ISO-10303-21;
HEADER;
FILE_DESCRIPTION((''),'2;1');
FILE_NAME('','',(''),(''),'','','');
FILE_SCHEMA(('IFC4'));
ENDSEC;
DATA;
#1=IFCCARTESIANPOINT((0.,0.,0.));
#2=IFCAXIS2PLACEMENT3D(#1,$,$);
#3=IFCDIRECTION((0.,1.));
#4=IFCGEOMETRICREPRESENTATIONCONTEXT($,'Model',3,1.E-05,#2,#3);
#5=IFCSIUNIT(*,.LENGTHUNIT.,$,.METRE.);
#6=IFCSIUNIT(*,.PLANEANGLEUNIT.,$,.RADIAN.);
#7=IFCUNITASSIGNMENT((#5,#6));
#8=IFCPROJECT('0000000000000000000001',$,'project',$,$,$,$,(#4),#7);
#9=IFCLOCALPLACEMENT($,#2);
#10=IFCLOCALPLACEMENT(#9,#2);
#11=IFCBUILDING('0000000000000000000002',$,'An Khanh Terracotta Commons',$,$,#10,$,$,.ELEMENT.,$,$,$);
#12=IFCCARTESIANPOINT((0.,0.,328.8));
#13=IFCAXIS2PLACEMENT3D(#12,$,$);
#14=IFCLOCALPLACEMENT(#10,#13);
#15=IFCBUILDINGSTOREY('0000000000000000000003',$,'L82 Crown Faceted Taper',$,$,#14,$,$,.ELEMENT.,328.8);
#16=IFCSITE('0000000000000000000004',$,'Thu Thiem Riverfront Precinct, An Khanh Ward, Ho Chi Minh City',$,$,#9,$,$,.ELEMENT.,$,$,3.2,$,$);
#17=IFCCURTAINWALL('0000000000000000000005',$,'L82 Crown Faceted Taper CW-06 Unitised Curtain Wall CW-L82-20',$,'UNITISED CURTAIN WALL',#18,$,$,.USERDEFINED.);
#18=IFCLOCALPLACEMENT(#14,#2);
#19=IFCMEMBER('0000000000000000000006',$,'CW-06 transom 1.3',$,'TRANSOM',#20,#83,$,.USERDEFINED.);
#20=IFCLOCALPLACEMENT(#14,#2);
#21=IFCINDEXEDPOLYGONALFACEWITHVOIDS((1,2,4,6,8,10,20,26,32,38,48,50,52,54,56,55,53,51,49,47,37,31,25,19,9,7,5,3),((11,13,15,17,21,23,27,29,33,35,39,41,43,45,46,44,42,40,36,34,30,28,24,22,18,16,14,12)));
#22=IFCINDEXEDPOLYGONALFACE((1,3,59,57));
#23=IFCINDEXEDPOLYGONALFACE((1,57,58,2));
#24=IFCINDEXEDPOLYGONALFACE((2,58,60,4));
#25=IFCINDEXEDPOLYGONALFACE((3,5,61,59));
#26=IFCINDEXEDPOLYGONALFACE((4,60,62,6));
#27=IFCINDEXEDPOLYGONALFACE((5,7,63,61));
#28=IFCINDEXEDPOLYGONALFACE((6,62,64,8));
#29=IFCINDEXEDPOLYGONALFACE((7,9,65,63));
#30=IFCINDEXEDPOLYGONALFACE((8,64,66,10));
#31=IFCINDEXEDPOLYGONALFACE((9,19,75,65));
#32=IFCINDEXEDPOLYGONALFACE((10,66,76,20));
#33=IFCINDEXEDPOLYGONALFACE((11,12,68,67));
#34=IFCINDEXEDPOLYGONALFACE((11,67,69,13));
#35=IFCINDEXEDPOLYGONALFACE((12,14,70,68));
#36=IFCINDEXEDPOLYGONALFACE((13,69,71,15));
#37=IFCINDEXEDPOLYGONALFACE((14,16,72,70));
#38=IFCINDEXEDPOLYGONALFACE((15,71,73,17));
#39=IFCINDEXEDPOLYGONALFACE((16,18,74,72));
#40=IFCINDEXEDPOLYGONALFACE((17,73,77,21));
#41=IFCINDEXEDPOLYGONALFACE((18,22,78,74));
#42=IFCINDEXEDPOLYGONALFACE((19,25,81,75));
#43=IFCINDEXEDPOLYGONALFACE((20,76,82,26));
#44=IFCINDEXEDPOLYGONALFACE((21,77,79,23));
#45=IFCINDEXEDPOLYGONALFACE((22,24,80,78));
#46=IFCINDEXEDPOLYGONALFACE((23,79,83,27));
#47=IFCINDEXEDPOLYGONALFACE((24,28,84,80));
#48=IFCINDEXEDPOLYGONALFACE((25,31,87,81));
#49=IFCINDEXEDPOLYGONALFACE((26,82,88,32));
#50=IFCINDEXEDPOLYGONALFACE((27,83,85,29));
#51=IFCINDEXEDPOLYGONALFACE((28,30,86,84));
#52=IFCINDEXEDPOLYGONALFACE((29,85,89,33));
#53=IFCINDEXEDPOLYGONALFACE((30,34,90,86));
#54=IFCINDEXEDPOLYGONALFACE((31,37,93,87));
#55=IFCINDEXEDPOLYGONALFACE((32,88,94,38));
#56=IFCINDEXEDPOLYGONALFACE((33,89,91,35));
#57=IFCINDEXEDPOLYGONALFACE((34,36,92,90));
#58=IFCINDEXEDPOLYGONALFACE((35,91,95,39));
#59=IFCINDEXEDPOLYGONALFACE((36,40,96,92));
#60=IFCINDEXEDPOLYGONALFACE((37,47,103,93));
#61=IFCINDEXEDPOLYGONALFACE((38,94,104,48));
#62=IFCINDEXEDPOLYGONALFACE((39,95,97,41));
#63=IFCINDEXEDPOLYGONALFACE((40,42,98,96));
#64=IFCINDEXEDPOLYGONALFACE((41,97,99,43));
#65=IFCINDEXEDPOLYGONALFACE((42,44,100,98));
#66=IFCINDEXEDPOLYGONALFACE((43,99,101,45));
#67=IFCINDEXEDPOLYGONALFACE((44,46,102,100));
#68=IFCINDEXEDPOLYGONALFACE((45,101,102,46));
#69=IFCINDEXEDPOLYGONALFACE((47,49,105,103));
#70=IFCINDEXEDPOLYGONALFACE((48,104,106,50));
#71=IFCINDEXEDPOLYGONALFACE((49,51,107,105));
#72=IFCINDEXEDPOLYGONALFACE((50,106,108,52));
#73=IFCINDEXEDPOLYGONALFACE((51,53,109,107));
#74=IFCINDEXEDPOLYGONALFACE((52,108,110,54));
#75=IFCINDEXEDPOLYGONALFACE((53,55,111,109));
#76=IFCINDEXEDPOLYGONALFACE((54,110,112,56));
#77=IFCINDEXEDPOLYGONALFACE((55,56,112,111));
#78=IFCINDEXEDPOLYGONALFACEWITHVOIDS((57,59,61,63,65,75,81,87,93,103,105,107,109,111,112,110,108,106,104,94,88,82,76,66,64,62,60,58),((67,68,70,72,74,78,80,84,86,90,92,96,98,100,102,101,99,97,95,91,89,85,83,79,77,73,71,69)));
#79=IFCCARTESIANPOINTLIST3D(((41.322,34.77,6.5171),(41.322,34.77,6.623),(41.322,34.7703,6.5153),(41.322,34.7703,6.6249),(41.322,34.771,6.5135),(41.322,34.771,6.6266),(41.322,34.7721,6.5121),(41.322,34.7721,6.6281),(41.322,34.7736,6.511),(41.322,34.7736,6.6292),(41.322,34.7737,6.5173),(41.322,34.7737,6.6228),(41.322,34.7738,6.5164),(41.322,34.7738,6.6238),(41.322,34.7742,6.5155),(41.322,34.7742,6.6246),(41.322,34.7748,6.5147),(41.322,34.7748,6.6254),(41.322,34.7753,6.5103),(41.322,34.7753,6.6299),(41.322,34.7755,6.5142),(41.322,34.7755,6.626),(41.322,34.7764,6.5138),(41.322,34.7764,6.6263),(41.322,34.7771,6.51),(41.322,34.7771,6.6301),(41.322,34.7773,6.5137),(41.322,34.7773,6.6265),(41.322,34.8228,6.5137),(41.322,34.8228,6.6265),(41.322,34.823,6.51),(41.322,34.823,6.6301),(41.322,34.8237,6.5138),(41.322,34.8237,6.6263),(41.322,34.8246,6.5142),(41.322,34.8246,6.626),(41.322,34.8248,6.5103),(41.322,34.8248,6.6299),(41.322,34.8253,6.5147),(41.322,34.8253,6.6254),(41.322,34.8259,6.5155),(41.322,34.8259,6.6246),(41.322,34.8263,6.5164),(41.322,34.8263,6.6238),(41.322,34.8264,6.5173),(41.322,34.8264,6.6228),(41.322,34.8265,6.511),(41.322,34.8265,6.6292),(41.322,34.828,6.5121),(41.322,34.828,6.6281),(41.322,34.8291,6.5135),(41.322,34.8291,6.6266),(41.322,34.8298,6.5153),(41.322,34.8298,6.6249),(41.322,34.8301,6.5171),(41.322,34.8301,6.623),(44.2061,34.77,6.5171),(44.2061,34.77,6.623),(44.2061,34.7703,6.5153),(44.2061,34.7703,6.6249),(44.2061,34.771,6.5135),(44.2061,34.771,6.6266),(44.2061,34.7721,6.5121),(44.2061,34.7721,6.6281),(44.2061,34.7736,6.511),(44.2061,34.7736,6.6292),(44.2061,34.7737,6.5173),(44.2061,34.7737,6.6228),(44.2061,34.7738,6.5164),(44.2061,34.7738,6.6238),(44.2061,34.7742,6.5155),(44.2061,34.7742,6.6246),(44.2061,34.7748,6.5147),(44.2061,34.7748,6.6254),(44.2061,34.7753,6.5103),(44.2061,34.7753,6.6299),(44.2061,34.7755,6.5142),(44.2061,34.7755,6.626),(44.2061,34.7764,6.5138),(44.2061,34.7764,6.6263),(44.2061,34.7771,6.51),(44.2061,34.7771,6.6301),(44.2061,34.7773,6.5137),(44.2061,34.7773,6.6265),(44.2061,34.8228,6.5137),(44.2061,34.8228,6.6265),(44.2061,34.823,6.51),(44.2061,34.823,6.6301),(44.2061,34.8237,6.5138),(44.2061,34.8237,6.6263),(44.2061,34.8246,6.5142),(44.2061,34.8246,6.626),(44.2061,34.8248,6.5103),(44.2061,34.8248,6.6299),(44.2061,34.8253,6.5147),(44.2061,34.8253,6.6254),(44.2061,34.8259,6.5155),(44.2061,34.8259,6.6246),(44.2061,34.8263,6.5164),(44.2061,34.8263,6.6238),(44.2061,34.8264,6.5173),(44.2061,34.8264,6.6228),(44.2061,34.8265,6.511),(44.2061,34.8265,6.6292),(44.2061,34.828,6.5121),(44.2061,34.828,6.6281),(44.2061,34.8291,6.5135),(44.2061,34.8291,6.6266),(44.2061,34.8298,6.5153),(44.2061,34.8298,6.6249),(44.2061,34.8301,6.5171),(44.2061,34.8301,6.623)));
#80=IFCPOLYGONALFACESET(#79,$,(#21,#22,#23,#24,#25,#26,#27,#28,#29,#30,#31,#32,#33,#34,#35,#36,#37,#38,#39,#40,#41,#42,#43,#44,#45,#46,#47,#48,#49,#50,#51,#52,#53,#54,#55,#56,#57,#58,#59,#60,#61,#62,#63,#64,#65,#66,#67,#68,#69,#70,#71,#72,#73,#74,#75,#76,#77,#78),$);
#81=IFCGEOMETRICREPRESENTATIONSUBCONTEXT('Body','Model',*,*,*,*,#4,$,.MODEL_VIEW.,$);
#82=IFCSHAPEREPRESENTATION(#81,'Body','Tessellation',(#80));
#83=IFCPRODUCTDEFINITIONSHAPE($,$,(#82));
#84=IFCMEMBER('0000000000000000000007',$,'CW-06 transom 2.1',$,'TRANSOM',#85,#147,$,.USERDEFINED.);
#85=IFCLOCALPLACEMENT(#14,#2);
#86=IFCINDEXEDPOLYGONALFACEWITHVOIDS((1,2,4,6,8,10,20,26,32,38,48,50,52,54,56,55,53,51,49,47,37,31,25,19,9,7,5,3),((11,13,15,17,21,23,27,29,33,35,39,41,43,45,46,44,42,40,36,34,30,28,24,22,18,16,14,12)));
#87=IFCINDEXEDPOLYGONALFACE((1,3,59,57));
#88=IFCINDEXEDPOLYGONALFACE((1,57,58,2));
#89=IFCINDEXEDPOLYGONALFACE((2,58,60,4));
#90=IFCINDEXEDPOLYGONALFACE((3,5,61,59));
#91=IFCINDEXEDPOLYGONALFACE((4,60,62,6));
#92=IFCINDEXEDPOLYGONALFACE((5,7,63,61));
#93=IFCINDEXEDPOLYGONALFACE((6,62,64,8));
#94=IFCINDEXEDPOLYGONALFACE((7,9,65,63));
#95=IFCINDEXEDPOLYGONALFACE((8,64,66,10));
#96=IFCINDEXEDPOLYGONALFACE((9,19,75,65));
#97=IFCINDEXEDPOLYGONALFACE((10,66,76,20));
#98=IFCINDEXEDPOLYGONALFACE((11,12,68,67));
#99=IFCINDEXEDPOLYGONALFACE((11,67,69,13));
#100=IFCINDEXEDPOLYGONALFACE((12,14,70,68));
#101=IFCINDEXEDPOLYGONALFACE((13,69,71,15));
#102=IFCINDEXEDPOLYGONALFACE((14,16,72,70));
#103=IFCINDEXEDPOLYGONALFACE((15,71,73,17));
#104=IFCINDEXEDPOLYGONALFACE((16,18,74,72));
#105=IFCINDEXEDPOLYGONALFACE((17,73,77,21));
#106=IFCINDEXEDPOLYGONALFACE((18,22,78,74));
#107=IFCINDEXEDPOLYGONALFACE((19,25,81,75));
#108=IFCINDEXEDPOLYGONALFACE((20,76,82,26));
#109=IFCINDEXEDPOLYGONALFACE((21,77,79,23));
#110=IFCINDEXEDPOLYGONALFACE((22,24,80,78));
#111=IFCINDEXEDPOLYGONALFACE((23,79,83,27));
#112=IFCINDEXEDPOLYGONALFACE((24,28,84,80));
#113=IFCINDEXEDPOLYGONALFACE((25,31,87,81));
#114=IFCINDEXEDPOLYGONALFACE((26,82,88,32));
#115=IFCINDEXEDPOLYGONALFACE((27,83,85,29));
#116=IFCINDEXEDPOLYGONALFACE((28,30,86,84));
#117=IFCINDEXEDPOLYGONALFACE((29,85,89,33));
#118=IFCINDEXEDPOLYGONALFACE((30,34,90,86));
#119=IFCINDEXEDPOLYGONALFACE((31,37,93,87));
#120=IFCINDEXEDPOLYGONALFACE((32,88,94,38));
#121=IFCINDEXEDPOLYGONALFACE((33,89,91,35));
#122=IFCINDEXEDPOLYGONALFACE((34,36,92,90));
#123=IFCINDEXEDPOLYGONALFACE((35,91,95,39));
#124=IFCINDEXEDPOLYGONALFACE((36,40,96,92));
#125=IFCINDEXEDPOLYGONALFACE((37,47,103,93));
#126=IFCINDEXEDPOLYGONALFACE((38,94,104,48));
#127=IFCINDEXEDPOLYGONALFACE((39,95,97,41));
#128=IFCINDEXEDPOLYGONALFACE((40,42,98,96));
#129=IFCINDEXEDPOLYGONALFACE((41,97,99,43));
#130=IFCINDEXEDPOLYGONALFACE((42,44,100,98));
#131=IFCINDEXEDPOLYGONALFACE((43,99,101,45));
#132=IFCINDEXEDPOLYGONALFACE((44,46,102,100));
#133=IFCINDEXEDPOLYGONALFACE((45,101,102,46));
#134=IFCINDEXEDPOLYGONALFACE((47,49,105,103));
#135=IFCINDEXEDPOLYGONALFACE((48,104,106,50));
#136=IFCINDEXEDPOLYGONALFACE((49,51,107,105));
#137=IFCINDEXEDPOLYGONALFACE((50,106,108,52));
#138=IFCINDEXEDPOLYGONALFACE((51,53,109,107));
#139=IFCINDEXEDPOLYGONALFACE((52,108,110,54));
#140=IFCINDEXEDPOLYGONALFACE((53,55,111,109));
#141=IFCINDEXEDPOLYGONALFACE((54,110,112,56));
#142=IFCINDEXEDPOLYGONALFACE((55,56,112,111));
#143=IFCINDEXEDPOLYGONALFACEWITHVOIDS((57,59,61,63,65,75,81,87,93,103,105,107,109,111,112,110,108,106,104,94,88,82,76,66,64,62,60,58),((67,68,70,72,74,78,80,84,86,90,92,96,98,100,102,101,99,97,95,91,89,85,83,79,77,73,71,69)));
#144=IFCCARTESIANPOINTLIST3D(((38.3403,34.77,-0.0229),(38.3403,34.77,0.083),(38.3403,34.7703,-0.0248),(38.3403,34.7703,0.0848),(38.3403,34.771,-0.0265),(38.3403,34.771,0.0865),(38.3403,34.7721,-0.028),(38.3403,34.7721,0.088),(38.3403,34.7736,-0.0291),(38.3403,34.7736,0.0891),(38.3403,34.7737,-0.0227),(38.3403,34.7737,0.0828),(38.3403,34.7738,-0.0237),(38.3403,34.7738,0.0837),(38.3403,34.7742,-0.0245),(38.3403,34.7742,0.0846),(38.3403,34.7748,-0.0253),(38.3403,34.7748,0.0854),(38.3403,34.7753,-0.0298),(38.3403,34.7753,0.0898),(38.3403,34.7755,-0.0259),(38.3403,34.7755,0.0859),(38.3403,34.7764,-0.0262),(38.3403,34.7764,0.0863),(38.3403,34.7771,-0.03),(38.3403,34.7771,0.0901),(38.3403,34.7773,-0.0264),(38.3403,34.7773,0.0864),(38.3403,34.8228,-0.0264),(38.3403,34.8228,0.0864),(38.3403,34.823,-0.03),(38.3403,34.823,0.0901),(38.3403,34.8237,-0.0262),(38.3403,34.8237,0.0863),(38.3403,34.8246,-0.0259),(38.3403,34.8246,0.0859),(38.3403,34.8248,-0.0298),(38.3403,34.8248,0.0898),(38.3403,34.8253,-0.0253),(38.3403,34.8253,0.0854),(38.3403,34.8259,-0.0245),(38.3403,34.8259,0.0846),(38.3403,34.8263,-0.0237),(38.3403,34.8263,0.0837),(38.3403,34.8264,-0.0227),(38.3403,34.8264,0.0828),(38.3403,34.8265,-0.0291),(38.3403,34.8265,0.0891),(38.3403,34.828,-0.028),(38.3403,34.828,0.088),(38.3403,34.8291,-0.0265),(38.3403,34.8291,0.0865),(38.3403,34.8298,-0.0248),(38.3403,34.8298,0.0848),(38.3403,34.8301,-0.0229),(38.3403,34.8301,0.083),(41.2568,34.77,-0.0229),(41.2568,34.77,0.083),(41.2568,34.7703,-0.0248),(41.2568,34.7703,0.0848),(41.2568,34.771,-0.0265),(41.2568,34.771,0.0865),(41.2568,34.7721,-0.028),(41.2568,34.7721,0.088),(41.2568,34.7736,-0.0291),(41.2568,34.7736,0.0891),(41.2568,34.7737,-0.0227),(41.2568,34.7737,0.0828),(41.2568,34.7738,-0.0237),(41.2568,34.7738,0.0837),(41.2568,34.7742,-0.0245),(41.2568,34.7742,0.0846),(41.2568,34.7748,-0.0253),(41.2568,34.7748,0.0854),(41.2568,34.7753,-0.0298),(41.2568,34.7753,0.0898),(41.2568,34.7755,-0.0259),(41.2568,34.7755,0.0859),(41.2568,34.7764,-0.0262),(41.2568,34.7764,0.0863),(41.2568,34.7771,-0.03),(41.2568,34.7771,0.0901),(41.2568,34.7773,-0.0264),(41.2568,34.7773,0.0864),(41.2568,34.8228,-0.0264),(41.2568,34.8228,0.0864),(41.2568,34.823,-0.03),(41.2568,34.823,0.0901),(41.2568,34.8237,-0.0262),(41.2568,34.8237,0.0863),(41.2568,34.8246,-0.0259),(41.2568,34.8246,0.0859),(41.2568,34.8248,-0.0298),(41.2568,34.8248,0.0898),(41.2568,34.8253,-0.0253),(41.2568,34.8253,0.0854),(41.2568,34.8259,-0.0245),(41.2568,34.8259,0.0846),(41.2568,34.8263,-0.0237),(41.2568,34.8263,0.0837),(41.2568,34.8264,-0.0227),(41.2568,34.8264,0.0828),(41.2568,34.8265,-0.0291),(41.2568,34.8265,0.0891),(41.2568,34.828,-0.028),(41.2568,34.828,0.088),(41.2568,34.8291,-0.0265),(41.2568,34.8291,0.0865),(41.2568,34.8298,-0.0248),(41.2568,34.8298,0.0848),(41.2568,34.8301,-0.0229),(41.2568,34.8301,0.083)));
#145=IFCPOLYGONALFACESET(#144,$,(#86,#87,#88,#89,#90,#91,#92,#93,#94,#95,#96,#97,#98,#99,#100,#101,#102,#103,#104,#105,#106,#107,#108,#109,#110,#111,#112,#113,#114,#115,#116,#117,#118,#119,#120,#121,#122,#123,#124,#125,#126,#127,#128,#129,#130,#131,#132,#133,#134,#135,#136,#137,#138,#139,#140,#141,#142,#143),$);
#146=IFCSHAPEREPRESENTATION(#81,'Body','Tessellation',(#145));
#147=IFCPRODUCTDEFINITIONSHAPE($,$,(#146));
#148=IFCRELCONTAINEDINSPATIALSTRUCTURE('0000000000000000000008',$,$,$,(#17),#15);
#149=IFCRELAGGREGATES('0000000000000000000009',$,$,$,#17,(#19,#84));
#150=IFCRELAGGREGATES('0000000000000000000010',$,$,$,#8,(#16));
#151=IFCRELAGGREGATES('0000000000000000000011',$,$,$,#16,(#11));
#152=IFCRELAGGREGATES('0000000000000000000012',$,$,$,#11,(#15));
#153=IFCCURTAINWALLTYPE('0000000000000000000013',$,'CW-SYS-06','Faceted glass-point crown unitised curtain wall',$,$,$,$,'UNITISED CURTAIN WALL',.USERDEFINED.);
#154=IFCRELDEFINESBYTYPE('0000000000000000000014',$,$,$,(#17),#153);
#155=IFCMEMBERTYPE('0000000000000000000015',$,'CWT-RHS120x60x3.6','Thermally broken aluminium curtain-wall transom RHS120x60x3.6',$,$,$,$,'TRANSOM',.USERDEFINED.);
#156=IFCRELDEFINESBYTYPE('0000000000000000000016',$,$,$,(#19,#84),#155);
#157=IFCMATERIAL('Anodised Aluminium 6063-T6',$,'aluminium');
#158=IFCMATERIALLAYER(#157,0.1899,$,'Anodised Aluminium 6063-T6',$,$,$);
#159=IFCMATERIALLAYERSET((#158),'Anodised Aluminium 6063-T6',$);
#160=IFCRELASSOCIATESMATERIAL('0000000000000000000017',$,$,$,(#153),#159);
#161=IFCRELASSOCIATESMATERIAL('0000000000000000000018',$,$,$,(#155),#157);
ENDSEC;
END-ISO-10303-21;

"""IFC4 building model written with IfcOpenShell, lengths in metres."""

from ifc_helpers import new_model, si_unit, direction, frame, origin, origin_2d, place, context, subcontext, project, spatial, hollow_rectangle, extrude, material, layer, layer_set, material_profile, profile_set, type_object, element, aggregate, save


model = new_model("IFC4")

# Units and contexts
model_context = context("Model", 3, precision=1e-05, world=origin(), true_north=direction((0.0, 1.0)))
body_context = subcontext(model_context, "Body", "Model", "MODEL_VIEW")
ifc_project = project(units=[si_unit("LENGTHUNIT", "METRE"), si_unit("PLANEANGLEUNIT", "RADIAN")], contexts=[model_context])

# Site, building, storey
site_placement = place(None, origin())
site = spatial("IfcSite", under=ifc_project, at=site_placement, Name="Thu Thiem Riverfront Precinct, An Khanh Ward, Ho Chi Minh City", CompositionType="ELEMENT", RefElevation=3.2)
building_placement = place(site_placement, origin())
building = spatial("IfcBuilding", under=site, at=building_placement, Name="An Khanh Terracotta Commons", CompositionType="ELEMENT")
storey_placement = place(building_placement, frame((0.0, 0.0, 328.8)))
storey = spatial("IfcBuildingStorey", under=building, at=storey_placement, Name="L82 Crown Faceted Taper", CompositionType="ELEMENT", Elevation=328.8)

# Curtain wall, members
ifc_material_1 = material(Name="Anodised Aluminium 6063-T6", Category="aluminium")
ifc_layer_1 = layer(ifc_material_1, 0.1899, Name="Anodised Aluminium 6063-T6")
ifc_layer_set_1 = layer_set([ifc_layer_1], Name="Anodised Aluminium 6063-T6")
curtain_wall_type = type_object("IfcCurtainWallType", Name="CW-SYS-06", Description="Faceted glass-point crown unitised curtain wall", ElementType="UNITISED CURTAIN WALL", PredefinedType="USERDEFINED", material=ifc_layer_set_1)
curtain_wall_placement = place(storey_placement, origin())
curtain_wall = element("IfcCurtainWall", 1, at=curtain_wall_placement, inside=storey, type_object=curtain_wall_type, Name="L82 Crown Faceted Taper CW-06 Unitised Curtain Wall CW-L82-20", ObjectType="UNITISED CURTAIN WALL", PredefinedType="USERDEFINED")
ifc_material_profile_1 = material_profile(ifc_material_1, hollow_rectangle(XDim=0.0601, YDim=0.1201, WallThickness=0.0037, InnerFilletRadius=0.0037, OuterFilletRadius=0.0071, at=origin_2d()), Name="RHS120x60x3.6")
ifc_profile_set_1 = profile_set([ifc_material_profile_1], Name="Anodised Aluminium 6063-T6")
member_type_1 = type_object("IfcMemberType", Name="CWT-RHS120x60x3.6", Description="Thermally broken aluminium curtain-wall transom RHS120x60x3.6", ElementType="TRANSOM", PredefinedType="USERDEFINED", material=ifc_profile_set_1)
member_1_placement = place(storey_placement, frame((44.2061, 34.8, 6.5701), z_axis=(-1.0, 0.0, 0.0), x_axis=(0.0, -1.0, 0.0)))
member_1 = element("IfcMember", 2, at=member_1_placement, type_object=member_type_1, Name="CW-06 transom 1.3", ObjectType="TRANSOM", PredefinedType="USERDEFINED", context=body_context, shape_type="SweptSolid", body=[
    extrude(hollow_rectangle(XDim=0.0601, YDim=0.1201, WallThickness=0.0037, InnerFilletRadius=0.0037, OuterFilletRadius=0.0071, at=origin_2d()), origin(), (0.0, 0.0, 1.0), 2.884),
])
member_2_placement = place(storey_placement, frame((41.2568, 34.8, 0.03), z_axis=(-1.0, 0.0, 0.0), x_axis=(0.0, -1.0, 0.0)))
member_2 = element("IfcMember", 3, at=member_2_placement, type_object=member_type_1, Name="CW-06 transom 2.1", ObjectType="TRANSOM", PredefinedType="USERDEFINED", context=body_context, shape_type="SweptSolid", body=[
    extrude(hollow_rectangle(XDim=0.0601, YDim=0.1201, WallThickness=0.0037, InnerFilletRadius=0.0037, OuterFilletRadius=0.0071, at=origin_2d()), origin(), (0.0, 0.0, 1.0), 2.9165),
])

aggregate(curtain_wall, [member_1, member_2])

save(model, "model.ifc")
